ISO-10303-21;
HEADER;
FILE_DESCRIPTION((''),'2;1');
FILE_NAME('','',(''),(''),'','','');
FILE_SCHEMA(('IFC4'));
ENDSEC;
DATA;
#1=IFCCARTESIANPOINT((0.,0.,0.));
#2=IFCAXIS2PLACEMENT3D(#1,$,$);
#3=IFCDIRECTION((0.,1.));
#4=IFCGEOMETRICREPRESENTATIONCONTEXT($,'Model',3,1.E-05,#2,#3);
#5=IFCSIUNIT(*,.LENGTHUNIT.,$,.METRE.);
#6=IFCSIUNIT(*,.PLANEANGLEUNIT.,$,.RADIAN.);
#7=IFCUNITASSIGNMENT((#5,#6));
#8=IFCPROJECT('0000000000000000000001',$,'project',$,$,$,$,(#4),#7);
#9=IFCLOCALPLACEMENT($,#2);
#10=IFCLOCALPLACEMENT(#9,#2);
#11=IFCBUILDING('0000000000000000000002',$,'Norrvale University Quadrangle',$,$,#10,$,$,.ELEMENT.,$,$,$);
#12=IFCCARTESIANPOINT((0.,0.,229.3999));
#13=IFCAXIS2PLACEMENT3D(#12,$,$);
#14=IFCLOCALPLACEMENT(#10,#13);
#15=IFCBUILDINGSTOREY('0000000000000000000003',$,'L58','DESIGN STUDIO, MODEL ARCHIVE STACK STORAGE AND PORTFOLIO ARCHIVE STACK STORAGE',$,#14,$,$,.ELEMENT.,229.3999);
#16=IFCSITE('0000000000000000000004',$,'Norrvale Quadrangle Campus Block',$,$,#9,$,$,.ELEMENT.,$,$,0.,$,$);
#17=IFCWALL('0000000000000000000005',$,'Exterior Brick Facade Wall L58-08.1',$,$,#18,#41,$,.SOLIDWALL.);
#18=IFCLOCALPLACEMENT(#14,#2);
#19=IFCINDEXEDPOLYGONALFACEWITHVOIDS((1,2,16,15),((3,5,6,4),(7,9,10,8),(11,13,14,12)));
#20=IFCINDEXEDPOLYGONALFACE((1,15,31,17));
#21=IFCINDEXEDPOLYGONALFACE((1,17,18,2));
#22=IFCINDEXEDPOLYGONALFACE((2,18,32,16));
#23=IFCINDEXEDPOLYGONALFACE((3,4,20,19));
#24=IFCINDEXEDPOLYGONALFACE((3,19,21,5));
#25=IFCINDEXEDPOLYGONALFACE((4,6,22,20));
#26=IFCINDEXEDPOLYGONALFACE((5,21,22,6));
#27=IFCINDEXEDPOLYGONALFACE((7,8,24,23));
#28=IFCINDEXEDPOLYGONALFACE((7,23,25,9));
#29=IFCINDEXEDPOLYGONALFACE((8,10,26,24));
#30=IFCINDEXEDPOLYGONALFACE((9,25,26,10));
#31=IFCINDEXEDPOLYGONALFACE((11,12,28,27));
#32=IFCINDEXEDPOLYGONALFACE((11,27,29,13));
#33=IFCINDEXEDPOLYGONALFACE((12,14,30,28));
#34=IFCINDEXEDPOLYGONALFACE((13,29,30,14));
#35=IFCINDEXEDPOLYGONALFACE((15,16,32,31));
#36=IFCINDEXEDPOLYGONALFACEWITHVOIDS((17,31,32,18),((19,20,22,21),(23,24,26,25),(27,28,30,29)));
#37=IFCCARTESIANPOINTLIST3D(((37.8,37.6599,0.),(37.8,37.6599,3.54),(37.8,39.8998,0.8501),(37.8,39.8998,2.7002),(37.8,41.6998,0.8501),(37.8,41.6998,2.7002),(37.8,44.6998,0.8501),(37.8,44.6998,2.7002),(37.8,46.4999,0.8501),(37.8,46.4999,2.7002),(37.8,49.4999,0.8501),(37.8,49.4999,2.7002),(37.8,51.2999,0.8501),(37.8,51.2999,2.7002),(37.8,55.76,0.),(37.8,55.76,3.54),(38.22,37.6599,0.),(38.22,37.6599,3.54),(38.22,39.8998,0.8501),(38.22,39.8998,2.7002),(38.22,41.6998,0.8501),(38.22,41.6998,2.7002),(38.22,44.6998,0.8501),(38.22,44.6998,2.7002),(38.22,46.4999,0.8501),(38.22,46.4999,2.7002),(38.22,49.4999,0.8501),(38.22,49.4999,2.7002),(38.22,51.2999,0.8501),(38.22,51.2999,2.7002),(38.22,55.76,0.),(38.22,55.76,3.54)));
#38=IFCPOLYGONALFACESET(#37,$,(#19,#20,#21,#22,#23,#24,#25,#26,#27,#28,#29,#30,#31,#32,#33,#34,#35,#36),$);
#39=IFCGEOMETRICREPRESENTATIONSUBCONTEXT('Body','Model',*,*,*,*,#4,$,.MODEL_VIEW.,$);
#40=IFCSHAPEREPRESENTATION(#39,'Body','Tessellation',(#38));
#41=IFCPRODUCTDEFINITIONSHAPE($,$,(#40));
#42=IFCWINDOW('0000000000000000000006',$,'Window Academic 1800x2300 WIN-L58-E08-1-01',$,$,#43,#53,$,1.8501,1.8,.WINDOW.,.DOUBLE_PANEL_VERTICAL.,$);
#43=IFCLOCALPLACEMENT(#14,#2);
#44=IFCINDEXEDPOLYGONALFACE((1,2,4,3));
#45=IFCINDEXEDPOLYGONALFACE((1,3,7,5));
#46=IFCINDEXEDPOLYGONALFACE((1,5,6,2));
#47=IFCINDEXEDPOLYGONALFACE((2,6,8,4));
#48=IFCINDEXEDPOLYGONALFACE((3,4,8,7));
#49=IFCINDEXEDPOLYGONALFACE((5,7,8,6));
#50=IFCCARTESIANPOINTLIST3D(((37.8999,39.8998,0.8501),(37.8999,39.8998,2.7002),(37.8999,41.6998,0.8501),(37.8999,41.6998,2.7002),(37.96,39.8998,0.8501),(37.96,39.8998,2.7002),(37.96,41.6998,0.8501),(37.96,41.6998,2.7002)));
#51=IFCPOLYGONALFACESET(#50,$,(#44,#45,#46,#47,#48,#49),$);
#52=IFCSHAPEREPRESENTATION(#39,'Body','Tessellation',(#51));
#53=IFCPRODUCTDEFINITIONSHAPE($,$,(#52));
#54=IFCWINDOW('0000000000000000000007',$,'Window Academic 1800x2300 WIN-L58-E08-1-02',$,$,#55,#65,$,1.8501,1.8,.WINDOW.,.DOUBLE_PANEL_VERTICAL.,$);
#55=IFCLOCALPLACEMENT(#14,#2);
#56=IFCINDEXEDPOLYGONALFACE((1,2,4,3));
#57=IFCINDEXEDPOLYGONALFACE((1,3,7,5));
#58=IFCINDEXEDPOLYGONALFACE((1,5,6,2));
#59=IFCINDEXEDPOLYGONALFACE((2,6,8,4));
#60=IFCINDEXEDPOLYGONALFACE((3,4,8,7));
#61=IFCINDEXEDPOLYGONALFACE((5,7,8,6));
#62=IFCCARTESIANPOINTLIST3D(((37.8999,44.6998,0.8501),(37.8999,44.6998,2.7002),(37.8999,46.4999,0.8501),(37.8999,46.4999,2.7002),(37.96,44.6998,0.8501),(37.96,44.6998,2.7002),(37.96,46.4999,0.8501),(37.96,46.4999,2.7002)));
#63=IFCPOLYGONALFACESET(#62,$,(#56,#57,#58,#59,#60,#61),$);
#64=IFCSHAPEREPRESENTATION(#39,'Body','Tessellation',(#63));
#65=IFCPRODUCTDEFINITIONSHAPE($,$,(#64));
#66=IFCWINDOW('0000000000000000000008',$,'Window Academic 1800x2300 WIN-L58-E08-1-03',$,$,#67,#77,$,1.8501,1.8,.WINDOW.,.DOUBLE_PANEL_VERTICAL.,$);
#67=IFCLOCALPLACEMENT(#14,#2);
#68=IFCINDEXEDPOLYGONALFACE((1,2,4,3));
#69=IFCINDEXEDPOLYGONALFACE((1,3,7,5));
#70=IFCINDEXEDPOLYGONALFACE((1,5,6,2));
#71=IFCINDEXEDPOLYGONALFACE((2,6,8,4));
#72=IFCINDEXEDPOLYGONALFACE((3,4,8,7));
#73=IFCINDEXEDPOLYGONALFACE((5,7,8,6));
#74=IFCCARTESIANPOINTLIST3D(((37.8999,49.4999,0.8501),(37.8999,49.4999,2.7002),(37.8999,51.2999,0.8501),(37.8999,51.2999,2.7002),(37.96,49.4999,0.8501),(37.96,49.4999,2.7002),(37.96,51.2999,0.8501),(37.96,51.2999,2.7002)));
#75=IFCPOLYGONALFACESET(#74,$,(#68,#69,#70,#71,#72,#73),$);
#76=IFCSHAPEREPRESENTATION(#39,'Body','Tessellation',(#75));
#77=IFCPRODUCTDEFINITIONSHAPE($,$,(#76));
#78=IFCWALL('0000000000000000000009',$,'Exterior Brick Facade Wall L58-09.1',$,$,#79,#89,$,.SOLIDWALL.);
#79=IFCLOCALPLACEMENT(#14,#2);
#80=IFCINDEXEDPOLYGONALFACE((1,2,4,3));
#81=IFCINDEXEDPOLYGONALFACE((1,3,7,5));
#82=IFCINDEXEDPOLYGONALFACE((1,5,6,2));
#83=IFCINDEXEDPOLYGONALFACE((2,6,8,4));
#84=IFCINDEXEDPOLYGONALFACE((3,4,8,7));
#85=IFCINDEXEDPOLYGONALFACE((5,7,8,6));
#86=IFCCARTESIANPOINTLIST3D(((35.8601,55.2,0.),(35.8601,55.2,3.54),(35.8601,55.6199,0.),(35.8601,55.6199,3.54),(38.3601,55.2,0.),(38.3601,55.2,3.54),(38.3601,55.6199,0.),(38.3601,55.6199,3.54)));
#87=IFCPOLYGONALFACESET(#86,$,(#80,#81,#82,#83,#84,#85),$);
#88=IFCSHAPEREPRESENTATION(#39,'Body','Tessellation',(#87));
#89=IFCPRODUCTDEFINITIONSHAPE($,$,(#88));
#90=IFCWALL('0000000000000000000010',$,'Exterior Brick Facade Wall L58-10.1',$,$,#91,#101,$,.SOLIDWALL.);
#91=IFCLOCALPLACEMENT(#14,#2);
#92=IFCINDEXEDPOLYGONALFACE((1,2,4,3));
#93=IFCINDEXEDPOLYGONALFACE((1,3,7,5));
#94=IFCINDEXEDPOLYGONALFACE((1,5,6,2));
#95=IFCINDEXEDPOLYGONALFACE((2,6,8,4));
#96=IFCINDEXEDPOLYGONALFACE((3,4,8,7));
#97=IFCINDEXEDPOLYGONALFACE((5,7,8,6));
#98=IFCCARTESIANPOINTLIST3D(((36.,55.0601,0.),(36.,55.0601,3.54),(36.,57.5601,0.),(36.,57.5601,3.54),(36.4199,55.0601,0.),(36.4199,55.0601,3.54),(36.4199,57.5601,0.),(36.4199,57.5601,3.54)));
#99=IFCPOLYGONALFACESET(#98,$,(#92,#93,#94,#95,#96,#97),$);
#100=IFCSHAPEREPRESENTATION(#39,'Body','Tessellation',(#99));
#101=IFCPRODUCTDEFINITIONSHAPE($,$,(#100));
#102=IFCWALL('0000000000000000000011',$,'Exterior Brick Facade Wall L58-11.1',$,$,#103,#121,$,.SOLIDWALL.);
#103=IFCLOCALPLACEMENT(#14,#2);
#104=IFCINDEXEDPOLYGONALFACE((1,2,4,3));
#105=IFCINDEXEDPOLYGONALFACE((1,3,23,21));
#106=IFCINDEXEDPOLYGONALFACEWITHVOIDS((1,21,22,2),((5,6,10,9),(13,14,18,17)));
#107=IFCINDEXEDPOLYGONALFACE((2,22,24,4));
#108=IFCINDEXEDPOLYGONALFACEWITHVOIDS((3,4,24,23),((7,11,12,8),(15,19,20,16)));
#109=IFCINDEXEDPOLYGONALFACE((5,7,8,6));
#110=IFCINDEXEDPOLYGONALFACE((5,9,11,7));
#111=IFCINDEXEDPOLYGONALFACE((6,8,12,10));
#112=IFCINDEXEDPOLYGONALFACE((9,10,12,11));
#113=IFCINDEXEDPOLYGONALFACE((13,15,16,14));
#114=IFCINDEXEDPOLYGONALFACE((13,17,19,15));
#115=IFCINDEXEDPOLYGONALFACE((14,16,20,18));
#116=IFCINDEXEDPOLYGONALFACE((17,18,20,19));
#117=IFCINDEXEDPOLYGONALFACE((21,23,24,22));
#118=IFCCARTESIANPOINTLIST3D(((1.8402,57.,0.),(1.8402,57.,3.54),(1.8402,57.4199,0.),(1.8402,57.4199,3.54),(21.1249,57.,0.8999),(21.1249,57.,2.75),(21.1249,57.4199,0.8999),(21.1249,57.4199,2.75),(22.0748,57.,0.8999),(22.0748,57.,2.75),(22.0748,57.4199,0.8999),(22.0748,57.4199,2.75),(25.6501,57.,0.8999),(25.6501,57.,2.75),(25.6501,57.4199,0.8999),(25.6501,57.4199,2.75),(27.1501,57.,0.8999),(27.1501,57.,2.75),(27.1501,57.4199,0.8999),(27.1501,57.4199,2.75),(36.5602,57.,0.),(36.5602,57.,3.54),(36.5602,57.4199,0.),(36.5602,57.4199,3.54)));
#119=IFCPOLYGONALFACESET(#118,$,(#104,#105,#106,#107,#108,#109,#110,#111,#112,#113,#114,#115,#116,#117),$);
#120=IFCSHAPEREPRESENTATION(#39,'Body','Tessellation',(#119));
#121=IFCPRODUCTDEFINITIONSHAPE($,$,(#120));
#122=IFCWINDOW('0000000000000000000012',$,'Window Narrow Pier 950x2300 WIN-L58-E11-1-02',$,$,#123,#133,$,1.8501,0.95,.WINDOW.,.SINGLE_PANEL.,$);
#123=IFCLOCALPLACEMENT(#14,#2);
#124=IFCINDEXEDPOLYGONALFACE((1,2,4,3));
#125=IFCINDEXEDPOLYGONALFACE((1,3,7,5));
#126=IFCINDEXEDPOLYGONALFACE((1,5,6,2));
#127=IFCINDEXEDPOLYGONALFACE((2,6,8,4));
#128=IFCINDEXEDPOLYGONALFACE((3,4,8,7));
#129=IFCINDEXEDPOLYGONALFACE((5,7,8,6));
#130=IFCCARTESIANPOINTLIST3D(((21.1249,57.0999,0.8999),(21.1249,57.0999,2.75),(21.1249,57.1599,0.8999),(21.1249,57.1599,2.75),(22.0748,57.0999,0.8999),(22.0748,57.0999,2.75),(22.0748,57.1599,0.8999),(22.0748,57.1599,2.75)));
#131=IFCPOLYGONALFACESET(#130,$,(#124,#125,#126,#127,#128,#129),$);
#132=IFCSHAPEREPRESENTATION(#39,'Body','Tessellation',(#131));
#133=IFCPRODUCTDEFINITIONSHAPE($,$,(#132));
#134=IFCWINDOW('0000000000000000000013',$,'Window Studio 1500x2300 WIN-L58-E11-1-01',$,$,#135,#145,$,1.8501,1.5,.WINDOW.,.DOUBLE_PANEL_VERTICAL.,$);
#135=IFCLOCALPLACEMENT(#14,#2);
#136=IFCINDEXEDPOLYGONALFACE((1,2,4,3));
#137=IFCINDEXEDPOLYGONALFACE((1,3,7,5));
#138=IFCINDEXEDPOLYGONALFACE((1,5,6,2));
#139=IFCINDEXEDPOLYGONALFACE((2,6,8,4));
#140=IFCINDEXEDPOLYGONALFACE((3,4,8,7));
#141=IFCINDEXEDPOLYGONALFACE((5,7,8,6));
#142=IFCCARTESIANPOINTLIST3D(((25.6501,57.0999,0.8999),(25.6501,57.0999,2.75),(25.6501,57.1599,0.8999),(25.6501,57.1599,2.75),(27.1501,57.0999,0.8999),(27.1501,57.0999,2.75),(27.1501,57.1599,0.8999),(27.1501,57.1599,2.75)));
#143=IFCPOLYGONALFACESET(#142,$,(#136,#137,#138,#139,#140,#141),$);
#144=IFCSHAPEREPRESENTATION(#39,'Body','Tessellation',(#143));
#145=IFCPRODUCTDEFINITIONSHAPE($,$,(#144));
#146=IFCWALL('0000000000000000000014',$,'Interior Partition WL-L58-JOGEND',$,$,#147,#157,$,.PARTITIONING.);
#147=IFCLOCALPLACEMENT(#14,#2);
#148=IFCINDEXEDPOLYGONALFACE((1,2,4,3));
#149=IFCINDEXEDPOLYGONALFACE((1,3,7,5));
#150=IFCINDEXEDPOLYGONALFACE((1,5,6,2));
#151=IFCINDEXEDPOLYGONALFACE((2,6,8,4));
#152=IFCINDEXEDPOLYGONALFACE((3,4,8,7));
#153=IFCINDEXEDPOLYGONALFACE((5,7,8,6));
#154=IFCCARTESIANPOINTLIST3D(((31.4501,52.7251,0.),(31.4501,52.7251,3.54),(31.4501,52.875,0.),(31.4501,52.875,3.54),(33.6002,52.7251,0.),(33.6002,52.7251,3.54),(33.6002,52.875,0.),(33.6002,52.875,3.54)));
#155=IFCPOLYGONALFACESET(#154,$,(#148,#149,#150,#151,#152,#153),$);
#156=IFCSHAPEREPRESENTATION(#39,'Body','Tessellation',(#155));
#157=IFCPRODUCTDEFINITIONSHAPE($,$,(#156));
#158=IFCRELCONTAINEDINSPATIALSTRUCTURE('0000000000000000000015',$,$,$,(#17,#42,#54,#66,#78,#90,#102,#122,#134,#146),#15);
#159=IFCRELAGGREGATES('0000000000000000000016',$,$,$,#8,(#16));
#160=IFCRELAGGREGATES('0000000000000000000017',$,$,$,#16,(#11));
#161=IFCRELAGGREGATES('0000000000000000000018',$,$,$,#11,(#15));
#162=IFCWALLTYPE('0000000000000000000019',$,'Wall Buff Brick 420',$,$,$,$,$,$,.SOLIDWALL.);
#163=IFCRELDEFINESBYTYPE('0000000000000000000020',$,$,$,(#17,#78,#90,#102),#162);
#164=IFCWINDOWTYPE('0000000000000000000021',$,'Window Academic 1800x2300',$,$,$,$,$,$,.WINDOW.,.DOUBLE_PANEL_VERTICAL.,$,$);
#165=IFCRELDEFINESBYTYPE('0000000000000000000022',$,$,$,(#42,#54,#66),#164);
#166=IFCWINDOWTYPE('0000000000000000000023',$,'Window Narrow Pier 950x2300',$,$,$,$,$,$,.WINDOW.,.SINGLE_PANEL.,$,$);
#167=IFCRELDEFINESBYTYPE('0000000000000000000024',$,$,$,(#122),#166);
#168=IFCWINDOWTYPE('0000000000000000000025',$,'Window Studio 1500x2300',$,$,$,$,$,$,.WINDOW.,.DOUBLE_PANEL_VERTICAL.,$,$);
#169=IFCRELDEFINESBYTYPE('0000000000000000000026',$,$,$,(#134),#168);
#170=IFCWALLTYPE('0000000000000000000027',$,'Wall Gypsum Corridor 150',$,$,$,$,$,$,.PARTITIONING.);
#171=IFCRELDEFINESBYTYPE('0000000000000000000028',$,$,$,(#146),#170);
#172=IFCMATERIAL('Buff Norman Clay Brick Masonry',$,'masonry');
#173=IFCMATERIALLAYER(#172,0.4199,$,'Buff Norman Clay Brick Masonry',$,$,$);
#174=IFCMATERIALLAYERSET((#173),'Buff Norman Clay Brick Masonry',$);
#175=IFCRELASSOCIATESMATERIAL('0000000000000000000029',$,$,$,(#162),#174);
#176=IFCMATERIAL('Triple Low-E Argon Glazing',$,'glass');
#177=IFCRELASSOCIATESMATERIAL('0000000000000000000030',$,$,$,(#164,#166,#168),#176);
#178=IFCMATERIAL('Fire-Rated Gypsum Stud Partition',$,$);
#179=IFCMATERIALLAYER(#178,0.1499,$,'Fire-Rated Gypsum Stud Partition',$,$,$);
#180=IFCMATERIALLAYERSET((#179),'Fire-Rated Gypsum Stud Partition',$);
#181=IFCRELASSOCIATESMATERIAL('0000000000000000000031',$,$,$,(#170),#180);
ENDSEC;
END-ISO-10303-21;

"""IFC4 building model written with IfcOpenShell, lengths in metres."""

from ifc_helpers import new_model, si_unit, direction, frame, frame_2d, origin, place, context, subcontext, project, spatial, rectangle, extrude, material, layer, layer_set, type_object, element, fill, save


model = new_model("IFC4")

# Units and contexts
model_context = context("Model", 3, precision=1e-05, world=origin(), true_north=direction((0.0, 1.0)))
body_context = subcontext(model_context, "Body", "Model", "MODEL_VIEW")
ifc_project = project(units=[si_unit("LENGTHUNIT", "METRE"), si_unit("PLANEANGLEUNIT", "RADIAN")], contexts=[model_context])

# Site, building, storey
site_placement = place(None, origin())
site = spatial("IfcSite", under=ifc_project, at=site_placement, Name="Norrvale Quadrangle Campus Block", CompositionType="ELEMENT", RefElevation=0.0)
building_placement = place(site_placement, origin())
building = spatial("IfcBuilding", under=site, at=building_placement, Name="Norrvale University Quadrangle", CompositionType="ELEMENT")
storey_placement = place(building_placement, frame((0.0, 0.0, 229.3999)))
storey = spatial("IfcBuildingStorey", under=building, at=storey_placement, Name="L58", Description="DESIGN STUDIO, MODEL ARCHIVE STACK STORAGE AND PORTFOLIO ARCHIVE STACK STORAGE", CompositionType="ELEMENT", Elevation=229.3999)

# Shared definitions
ifc_material_1 = material(Name="Buff Norman Clay Brick Masonry", Category="masonry")
ifc_layer_1 = layer(ifc_material_1, 0.4199, Name="Buff Norman Clay Brick Masonry")
ifc_layer_set_1 = layer_set([ifc_layer_1], Name="Buff Norman Clay Brick Masonry")
wall_type_1 = type_object("IfcWallType", Name="Wall Buff Brick 420", PredefinedType="SOLIDWALL", material=ifc_layer_set_1)

# Wall, openings, windows
ifc_material_2 = material(Name="Triple Low-E Argon Glazing", Category="glass")
window_type_1 = type_object("IfcWindowType", Name="Window Academic 1800x2300", PartitioningType="DOUBLE_PANEL_VERTICAL", PredefinedType="WINDOW", material=ifc_material_2)
wall_1_placement = place(storey_placement, frame((38.01, 37.6599, 0.0), z_axis=(0.0, 0.0, 1.0), x_axis=(0.0, 1.0, 0.0)))
wall_1 = element("IfcWall", 1, at=wall_1_placement, inside=storey, type_object=wall_type_1, Name="Exterior Brick Facade Wall L58-08.1", PredefinedType="SOLIDWALL", context=body_context, shape_type="SweptSolid", body=[
    extrude(rectangle(XDim=18.1001, YDim=0.4199, at=frame_2d((9.05, 0.0))), origin(), (0.0, 0.0, 1.0), 3.54),
])
opening_1_placement = place(wall_1_placement, frame((2.24, 0.0, 0.8501)))
opening_1 = element("IfcOpeningElement", 2, at=opening_1_placement, cuts=wall_1, PredefinedType="OPENING", context=body_context, shape_type="SweptSolid", body=[
    extrude(rectangle(XDim=1.8, YDim=1.8501, at=frame_2d((0.8999, 0.925))), frame((0.0, 0.2219, 0.0), z_axis=(0.0, -1.0, 0.0), x_axis=(1.0, 0.0, 0.0)), (0.0, 0.0, 1.0), 0.4438),
])
opening_2_placement = place(wall_1_placement, frame((7.04, 0.0, 0.8501)))
opening_2 = element("IfcOpeningElement", 3, at=opening_2_placement, cuts=wall_1, PredefinedType="OPENING", context=body_context, shape_type="SweptSolid", body=[
    extrude(rectangle(XDim=1.8, YDim=1.8501, at=frame_2d((0.8999, 0.925))), frame((0.0, 0.2219, 0.0), z_axis=(0.0, -1.0, 0.0), x_axis=(1.0, 0.0, 0.0)), (0.0, 0.0, 1.0), 0.4438),
])
opening_3_placement = place(wall_1_placement, frame((11.8401, 0.0, 0.8501)))
opening_3 = element("IfcOpeningElement", 4, at=opening_3_placement, cuts=wall_1, PredefinedType="OPENING", context=body_context, shape_type="SweptSolid", body=[
    extrude(rectangle(XDim=1.8, YDim=1.8501, at=frame_2d((0.8999, 0.925))), frame((0.0, 0.2219, 0.0), z_axis=(0.0, -1.0, 0.0), x_axis=(1.0, 0.0, 0.0)), (0.0, 0.0, 1.0), 0.4438),
])
window_1_placement = place(opening_1_placement, origin())
window_1 = element("IfcWindow", 5, at=window_1_placement, inside=storey, type_object=window_type_1, Name="Window Academic 1800x2300 WIN-L58-E08-1-01", OverallHeight=1.8501, OverallWidth=1.8, PartitioningType="DOUBLE_PANEL_VERTICAL", PredefinedType="WINDOW", context=body_context, shape_type="SweptSolid", body=[
    extrude(rectangle(XDim=1.8, YDim=1.8501, at=frame_2d((0.8999, 0.925))), frame((0.0, 0.1101, 0.0), z_axis=(0.0, -1.0, 0.0), x_axis=(1.0, 0.0, 0.0)), (0.0, 0.0, 1.0), 0.0601),
])
fill(opening_1, window_1)
window_2_placement = place(opening_2_placement, origin())
window_2 = element("IfcWindow", 6, at=window_2_placement, inside=storey, type_object=window_type_1, Name="Window Academic 1800x2300 WIN-L58-E08-1-02", OverallHeight=1.8501, OverallWidth=1.8, PartitioningType="DOUBLE_PANEL_VERTICAL", PredefinedType="WINDOW", context=body_context, shape_type="SweptSolid", body=[
    extrude(rectangle(XDim=1.8, YDim=1.8501, at=frame_2d((0.8999, 0.925))), frame((0.0, 0.1101, 0.0), z_axis=(0.0, -1.0, 0.0), x_axis=(1.0, 0.0, 0.0)), (0.0, 0.0, 1.0), 0.0601),
])
fill(opening_2, window_2)
window_3_placement = place(opening_3_placement, origin())
window_3 = element("IfcWindow", 7, at=window_3_placement, inside=storey, type_object=window_type_1, Name="Window Academic 1800x2300 WIN-L58-E08-1-03", OverallHeight=1.8501, OverallWidth=1.8, PartitioningType="DOUBLE_PANEL_VERTICAL", PredefinedType="WINDOW", context=body_context, shape_type="SweptSolid", body=[
    extrude(rectangle(XDim=1.8, YDim=1.8501, at=frame_2d((0.8999, 0.925))), frame((0.0, 0.1101, 0.0), z_axis=(0.0, -1.0, 0.0), x_axis=(1.0, 0.0, 0.0)), (0.0, 0.0, 1.0), 0.0601),
])
fill(opening_3, window_3)

# Walls
for number, where, z_axis, x_axis, name in (
    (8, (38.3601, 55.4099, 0.0), (0.0, 0.0, 1.0), (-1.0, 0.0, 0.0), "Exterior Brick Facade Wall L58-09.1"),
    (9, (36.21, 55.0601, 0.0), (0.0, 0.0, 1.0), (0.0, 1.0, 0.0), "Exterior Brick Facade Wall L58-10.1"),
):
    element("IfcWall", number, at=place(storey_placement, frame(where, z_axis=z_axis, x_axis=x_axis)), inside=storey, type_object=wall_type_1, Name=name, PredefinedType="SOLIDWALL", context=body_context, shape_type="SweptSolid", body=[
        extrude(rectangle(XDim=2.5, YDim=0.4199, at=frame_2d((1.25, 0.0))), origin(), (0.0, 0.0, 1.0), 3.54),
    ])

# Wall, openings, windows
wall_2_placement = place(storey_placement, frame((36.5601, 57.21, 0.0), z_axis=(0.0, 0.0, 1.0), x_axis=(-1.0, 0.0, 0.0)))
wall_2 = element("IfcWall", 10, at=wall_2_placement, inside=storey, type_object=wall_type_1, Name="Exterior Brick Facade Wall L58-11.1", PredefinedType="SOLIDWALL", context=body_context, shape_type="SweptSolid", body=[
    extrude(rectangle(XDim=34.72, YDim=0.4199, at=frame_2d((17.3599, 0.0))), origin(), (0.0, 0.0, 1.0), 3.54),
])
opening_4_placement = place(wall_2_placement, frame((9.4099, 0.0, 0.8999)))
opening_4 = element("IfcOpeningElement", 11, at=opening_4_placement, cuts=wall_2, PredefinedType="OPENING", context=body_context, shape_type="SweptSolid", body=[
    extrude(rectangle(XDim=1.5, YDim=1.8501, at=frame_2d((0.75, 0.925))), frame((0.0, 0.2219, 0.0), z_axis=(0.0, -1.0, 0.0), x_axis=(1.0, 0.0, 0.0)), (0.0, 0.0, 1.0), 0.4438),
])
opening_5_placement = place(wall_2_placement, frame((14.4851, 0.0, 0.8999)))
opening_5 = element("IfcOpeningElement", 12, at=opening_5_placement, cuts=wall_2, PredefinedType="OPENING", context=body_context, shape_type="SweptSolid", body=[
    extrude(rectangle(XDim=0.95, YDim=1.8501, at=frame_2d((0.4751, 0.925))), frame((0.0, 0.2219, 0.0), z_axis=(0.0, -1.0, 0.0), x_axis=(1.0, 0.0, 0.0)), (0.0, 0.0, 1.0), 0.4438),
])
window_type_2 = type_object("IfcWindowType", Name="Window Narrow Pier 950x2300", PartitioningType="SINGLE_PANEL", PredefinedType="WINDOW", material=ifc_material_2)
window_4_placement = place(opening_5_placement, origin())
window_4 = element("IfcWindow", 13, at=window_4_placement, inside=storey, type_object=window_type_2, Name="Window Narrow Pier 950x2300 WIN-L58-E11-1-02", OverallHeight=1.8501, OverallWidth=0.95, PartitioningType="SINGLE_PANEL", PredefinedType="WINDOW", context=body_context, shape_type="SweptSolid", body=[
    extrude(rectangle(XDim=0.95, YDim=1.8501, at=frame_2d((0.4751, 0.925))), frame((0.0, 0.1101, 0.0), z_axis=(0.0, -1.0, 0.0), x_axis=(1.0, 0.0, 0.0)), (0.0, 0.0, 1.0), 0.0601),
])
fill(opening_5, window_4)
window_type_3 = type_object("IfcWindowType", Name="Window Studio 1500x2300", PartitioningType="DOUBLE_PANEL_VERTICAL", PredefinedType="WINDOW", material=ifc_material_2)
window_5_placement = place(opening_4_placement, origin())
window_5 = element("IfcWindow", 14, at=window_5_placement, inside=storey, type_object=window_type_3, Name="Window Studio 1500x2300 WIN-L58-E11-1-01", OverallHeight=1.8501, OverallWidth=1.5, PartitioningType="DOUBLE_PANEL_VERTICAL", PredefinedType="WINDOW", context=body_context, shape_type="SweptSolid", body=[
    extrude(rectangle(XDim=1.5, YDim=1.8501, at=frame_2d((0.75, 0.925))), frame((0.0, 0.1101, 0.0), z_axis=(0.0, -1.0, 0.0), x_axis=(1.0, 0.0, 0.0)), (0.0, 0.0, 1.0), 0.0601),
])
fill(opening_4, window_5)

# Wall
ifc_material_3 = material(Name="Fire-Rated Gypsum Stud Partition")
ifc_layer_2 = layer(ifc_material_3, 0.1499, Name="Fire-Rated Gypsum Stud Partition")
ifc_layer_set_2 = layer_set([ifc_layer_2], Name="Fire-Rated Gypsum Stud Partition")
wall_type_2 = type_object("IfcWallType", Name="Wall Gypsum Corridor 150", PredefinedType="PARTITIONING", material=ifc_layer_set_2)
wall_3_placement = place(storey_placement, frame((31.45, 52.8, 0.0), z_axis=(0.0, 0.0, 1.0), x_axis=(1.0, 0.0, 0.0)))
element("IfcWall", 15, at=wall_3_placement, inside=storey, type_object=wall_type_2, Name="Interior Partition WL-L58-JOGEND", PredefinedType="PARTITIONING", context=body_context, shape_type="SweptSolid", body=[
    extrude(rectangle(XDim=2.1501, YDim=0.1499, at=frame_2d((1.0752, 0.0))), origin(), (0.0, 0.0, 1.0), 3.54),
])

save(model, "model.ifc")
